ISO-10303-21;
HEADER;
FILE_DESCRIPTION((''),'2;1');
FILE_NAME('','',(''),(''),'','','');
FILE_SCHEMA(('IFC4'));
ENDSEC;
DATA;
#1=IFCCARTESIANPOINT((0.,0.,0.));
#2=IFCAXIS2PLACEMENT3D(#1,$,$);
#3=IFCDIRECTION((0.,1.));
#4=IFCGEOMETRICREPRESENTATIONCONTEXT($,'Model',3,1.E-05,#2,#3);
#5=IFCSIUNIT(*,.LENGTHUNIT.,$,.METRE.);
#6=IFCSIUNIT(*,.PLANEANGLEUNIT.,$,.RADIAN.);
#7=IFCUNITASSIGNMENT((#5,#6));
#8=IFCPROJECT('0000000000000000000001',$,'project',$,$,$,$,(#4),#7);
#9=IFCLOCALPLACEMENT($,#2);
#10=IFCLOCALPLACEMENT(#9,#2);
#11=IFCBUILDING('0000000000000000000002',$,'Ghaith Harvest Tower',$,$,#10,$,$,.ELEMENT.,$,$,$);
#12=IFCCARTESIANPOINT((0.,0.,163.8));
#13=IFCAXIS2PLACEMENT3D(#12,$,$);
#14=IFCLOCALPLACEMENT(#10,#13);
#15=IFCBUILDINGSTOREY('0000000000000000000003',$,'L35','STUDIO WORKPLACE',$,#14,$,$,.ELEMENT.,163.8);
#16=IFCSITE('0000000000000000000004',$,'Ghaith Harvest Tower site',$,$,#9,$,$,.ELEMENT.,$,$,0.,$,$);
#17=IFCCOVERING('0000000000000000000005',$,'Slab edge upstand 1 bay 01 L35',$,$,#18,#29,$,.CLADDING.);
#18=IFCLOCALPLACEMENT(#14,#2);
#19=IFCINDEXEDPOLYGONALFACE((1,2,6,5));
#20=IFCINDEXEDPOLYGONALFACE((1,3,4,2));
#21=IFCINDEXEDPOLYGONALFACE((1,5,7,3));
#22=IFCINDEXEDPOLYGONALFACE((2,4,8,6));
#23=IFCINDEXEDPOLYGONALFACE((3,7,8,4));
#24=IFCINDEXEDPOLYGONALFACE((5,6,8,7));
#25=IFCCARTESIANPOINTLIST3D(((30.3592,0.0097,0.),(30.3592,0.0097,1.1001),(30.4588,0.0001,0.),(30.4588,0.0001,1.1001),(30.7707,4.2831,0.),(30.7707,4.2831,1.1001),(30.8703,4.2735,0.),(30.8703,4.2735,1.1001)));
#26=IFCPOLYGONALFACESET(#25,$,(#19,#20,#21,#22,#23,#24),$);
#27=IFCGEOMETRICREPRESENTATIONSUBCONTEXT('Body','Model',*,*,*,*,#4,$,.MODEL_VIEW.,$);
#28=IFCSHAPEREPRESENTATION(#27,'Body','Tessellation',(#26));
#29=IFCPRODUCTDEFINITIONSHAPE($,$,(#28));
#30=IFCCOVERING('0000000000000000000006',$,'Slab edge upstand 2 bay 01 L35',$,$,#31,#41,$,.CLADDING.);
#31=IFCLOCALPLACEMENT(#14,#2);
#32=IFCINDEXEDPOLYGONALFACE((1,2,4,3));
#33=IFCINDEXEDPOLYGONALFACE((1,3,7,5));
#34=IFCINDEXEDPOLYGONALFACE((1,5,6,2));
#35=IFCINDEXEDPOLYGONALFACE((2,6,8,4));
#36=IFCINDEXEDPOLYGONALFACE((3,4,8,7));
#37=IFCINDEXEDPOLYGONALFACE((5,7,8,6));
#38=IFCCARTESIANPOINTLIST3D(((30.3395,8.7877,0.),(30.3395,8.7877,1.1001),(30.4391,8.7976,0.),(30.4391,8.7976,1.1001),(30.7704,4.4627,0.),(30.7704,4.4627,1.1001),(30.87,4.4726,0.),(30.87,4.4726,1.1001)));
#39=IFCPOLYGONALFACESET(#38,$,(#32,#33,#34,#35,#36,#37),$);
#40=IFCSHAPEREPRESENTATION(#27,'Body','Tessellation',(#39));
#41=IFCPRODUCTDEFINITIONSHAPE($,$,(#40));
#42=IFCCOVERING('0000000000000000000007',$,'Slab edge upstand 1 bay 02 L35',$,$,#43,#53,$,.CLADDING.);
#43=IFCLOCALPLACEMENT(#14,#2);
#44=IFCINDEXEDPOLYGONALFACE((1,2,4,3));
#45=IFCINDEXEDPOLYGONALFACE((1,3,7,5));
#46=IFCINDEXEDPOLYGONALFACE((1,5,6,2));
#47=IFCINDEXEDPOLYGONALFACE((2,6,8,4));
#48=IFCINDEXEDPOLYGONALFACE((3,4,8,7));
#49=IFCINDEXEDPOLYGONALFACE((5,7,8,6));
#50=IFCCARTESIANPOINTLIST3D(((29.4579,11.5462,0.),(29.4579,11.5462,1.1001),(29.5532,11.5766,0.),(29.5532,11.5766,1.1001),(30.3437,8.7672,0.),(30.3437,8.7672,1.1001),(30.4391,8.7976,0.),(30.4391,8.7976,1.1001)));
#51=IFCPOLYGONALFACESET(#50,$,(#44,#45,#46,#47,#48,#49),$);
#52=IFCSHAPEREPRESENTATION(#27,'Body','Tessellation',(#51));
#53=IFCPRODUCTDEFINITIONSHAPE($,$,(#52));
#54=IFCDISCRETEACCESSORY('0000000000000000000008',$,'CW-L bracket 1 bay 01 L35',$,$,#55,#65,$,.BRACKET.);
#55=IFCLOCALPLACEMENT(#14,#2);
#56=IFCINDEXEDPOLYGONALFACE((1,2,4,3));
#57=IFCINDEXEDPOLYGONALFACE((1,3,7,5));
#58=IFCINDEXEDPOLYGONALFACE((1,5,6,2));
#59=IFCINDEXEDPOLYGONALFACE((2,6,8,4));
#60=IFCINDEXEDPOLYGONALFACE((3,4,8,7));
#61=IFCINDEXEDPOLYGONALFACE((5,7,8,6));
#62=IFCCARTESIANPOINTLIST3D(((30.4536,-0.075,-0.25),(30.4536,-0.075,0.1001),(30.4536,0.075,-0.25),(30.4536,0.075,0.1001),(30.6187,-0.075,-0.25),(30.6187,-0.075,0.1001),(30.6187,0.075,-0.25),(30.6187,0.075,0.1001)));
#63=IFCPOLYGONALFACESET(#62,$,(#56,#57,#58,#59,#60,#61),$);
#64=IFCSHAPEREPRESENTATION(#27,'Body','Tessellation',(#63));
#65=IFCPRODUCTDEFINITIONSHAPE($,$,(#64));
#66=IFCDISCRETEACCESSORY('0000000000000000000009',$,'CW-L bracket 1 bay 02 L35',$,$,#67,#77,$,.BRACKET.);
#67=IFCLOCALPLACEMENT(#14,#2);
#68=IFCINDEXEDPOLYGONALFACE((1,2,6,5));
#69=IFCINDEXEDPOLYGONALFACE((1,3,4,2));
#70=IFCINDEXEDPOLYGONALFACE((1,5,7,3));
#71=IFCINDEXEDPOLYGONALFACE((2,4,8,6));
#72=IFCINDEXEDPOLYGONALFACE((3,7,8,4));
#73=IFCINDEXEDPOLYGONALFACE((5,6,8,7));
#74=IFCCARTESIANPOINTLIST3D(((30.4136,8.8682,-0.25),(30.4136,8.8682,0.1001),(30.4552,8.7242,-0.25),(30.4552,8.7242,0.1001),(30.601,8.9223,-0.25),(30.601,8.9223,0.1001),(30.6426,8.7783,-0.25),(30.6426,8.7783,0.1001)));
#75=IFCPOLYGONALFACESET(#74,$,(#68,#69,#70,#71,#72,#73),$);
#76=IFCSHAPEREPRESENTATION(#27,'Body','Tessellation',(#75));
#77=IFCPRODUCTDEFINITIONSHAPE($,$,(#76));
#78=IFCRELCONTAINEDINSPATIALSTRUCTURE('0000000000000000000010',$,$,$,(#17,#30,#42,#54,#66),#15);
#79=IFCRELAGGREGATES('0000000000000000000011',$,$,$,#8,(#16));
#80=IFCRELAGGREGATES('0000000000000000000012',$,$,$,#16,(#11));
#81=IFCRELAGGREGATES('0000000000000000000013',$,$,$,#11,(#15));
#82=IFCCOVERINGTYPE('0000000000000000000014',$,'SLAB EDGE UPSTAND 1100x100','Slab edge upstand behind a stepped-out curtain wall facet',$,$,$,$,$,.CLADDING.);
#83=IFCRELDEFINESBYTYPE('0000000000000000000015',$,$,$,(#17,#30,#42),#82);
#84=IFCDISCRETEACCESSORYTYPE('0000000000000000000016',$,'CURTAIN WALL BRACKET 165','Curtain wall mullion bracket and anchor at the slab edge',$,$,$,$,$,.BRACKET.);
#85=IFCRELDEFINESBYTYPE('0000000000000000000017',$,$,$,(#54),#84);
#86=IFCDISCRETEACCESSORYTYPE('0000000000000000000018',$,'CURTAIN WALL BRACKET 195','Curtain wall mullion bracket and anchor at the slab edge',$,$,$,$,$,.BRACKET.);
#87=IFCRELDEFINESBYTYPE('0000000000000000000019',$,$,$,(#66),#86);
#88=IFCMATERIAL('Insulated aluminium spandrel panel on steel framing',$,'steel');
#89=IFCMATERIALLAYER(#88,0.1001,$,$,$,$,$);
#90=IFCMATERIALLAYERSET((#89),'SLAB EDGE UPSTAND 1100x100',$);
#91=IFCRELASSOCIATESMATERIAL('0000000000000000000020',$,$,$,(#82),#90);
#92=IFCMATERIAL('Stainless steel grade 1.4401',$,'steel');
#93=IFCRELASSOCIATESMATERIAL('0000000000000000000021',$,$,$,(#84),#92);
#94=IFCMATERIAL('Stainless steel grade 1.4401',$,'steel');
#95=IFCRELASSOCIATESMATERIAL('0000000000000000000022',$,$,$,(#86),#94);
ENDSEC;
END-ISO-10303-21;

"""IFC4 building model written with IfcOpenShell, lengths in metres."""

from ifc_helpers import new_model, si_unit, direction, frame, origin, origin_2d, place, context, subcontext, project, spatial, rectangle, extrude, material, layer, layer_set, type_object, element, save


model = new_model("IFC4")

# Units and contexts
model_context = context("Model", 3, precision=1e-05, world=origin(), true_north=direction((0.0, 1.0)))
body_context = subcontext(model_context, "Body", "Model", "MODEL_VIEW")
ifc_project = project(units=[si_unit("LENGTHUNIT", "METRE"), si_unit("PLANEANGLEUNIT", "RADIAN")], contexts=[model_context])

# Site, building, storey
site_placement = place(None, origin())
site = spatial("IfcSite", under=ifc_project, at=site_placement, Name="Ghaith Harvest Tower site", CompositionType="ELEMENT", RefElevation=0.0)
building_placement = place(site_placement, origin())
building = spatial("IfcBuilding", under=site, at=building_placement, Name="Ghaith Harvest Tower", CompositionType="ELEMENT")
storey_placement = place(building_placement, frame((0.0, 0.0, 163.8)))
storey = spatial("IfcBuildingStorey", under=building, at=storey_placement, Name="L35", Description="STUDIO WORKPLACE", CompositionType="ELEMENT", Elevation=163.8)

# Coverings
ifc_material_1 = material(Name="Insulated aluminium spandrel panel on steel framing", Category="steel")
ifc_layer_1 = layer(ifc_material_1, 0.1001)
ifc_layer_set_1 = layer_set([ifc_layer_1], Name="SLAB EDGE UPSTAND 1100x100")
covering_type = type_object("IfcCoveringType", Name="SLAB EDGE UPSTAND 1100x100", Description="Slab edge upstand behind a stepped-out curtain wall facet", PredefinedType="CLADDING", material=ifc_layer_set_1)
covering_1_placement = place(storey_placement, frame((30.6147, 2.1416, 0.0), z_axis=(0.0, 0.0, 1.0), x_axis=(0.095861, 0.995395, 0.0)))
element("IfcCovering", 1, at=covering_1_placement, inside=storey, type_object=covering_type, Name="Slab edge upstand 1 bay 01 L35", PredefinedType="CLADDING", context=body_context, shape_type="SweptSolid", body=[
    extrude(rectangle(XDim=4.2932, YDim=0.1001, at=origin_2d()), origin(), (0.0, 0.0, 1.0), 1.1001),
])
covering_2_placement = place(storey_placement, frame((30.6047, 6.6301, 0.0), z_axis=(0.0, 0.0, 1.0), x_axis=(-0.099132, 0.995074, 0.0)))
element("IfcCovering", 2, at=covering_2_placement, inside=storey, type_object=covering_type, Name="Slab edge upstand 2 bay 01 L35", PredefinedType="CLADDING", context=body_context, shape_type="SweptSolid", body=[
    extrude(rectangle(XDim=4.3464, YDim=0.1001, at=origin_2d()), origin(), (0.0, 0.0, 1.0), 1.1001),
])
covering_3_placement = place(storey_placement, frame((29.9485, 10.1719, 0.0), z_axis=(0.0, 0.0, 1.0), x_axis=(-0.303717, 0.952762, 0.0)))
element("IfcCovering", 3, at=covering_3_placement, inside=storey, type_object=covering_type, Name="Slab edge upstand 1 bay 02 L35", PredefinedType="CLADDING", context=body_context, shape_type="SweptSolid", body=[
    extrude(rectangle(XDim=2.9167, YDim=0.1001, at=origin_2d()), origin(), (0.0, 0.0, 1.0), 1.1001),
])

# Discrete accessories
ifc_material_2 = material(Name="Stainless steel grade 1.4401", Category="steel")
discrete_accessory_type_1 = type_object("IfcDiscreteAccessoryType", Name="CURTAIN WALL BRACKET 165", Description="Curtain wall mullion bracket and anchor at the slab edge", PredefinedType="BRACKET", material=ifc_material_2)
discrete_accessory_1_placement = place(storey_placement, frame((30.5361, 0.0, -0.25), z_axis=(0.0, 0.0, 1.0), x_axis=(1.0, 0.0, 0.0)))
element("IfcDiscreteAccessory", 4, at=discrete_accessory_1_placement, inside=storey, type_object=discrete_accessory_type_1, Name="CW-L bracket 1 bay 01 L35", PredefinedType="BRACKET", context=body_context, shape_type="SweptSolid", body=[
    extrude(rectangle(XDim=0.165, YDim=0.1499, at=origin_2d()), origin(), (0.0, 0.0, 1.0), 0.3501),
])
ifc_material_3 = material(Name="Stainless steel grade 1.4401", Category="steel")
discrete_accessory_type_2 = type_object("IfcDiscreteAccessoryType", Name="CURTAIN WALL BRACKET 195", Description="Curtain wall mullion bracket and anchor at the slab edge", PredefinedType="BRACKET", material=ifc_material_3)
discrete_accessory_2_placement = place(storey_placement, frame((30.5281, 8.8232, -0.25), z_axis=(0.0, 0.0, 1.0), x_axis=(0.96068, 0.277657, 0.0)))
element("IfcDiscreteAccessory", 5, at=discrete_accessory_2_placement, inside=storey, type_object=discrete_accessory_type_2, Name="CW-L bracket 1 bay 02 L35", PredefinedType="BRACKET", context=body_context, shape_type="SweptSolid", body=[
    extrude(rectangle(XDim=0.1951, YDim=0.1499, at=origin_2d()), origin(), (0.0, 0.0, 1.0), 0.3501),
])

save(model, "model.ifc")
